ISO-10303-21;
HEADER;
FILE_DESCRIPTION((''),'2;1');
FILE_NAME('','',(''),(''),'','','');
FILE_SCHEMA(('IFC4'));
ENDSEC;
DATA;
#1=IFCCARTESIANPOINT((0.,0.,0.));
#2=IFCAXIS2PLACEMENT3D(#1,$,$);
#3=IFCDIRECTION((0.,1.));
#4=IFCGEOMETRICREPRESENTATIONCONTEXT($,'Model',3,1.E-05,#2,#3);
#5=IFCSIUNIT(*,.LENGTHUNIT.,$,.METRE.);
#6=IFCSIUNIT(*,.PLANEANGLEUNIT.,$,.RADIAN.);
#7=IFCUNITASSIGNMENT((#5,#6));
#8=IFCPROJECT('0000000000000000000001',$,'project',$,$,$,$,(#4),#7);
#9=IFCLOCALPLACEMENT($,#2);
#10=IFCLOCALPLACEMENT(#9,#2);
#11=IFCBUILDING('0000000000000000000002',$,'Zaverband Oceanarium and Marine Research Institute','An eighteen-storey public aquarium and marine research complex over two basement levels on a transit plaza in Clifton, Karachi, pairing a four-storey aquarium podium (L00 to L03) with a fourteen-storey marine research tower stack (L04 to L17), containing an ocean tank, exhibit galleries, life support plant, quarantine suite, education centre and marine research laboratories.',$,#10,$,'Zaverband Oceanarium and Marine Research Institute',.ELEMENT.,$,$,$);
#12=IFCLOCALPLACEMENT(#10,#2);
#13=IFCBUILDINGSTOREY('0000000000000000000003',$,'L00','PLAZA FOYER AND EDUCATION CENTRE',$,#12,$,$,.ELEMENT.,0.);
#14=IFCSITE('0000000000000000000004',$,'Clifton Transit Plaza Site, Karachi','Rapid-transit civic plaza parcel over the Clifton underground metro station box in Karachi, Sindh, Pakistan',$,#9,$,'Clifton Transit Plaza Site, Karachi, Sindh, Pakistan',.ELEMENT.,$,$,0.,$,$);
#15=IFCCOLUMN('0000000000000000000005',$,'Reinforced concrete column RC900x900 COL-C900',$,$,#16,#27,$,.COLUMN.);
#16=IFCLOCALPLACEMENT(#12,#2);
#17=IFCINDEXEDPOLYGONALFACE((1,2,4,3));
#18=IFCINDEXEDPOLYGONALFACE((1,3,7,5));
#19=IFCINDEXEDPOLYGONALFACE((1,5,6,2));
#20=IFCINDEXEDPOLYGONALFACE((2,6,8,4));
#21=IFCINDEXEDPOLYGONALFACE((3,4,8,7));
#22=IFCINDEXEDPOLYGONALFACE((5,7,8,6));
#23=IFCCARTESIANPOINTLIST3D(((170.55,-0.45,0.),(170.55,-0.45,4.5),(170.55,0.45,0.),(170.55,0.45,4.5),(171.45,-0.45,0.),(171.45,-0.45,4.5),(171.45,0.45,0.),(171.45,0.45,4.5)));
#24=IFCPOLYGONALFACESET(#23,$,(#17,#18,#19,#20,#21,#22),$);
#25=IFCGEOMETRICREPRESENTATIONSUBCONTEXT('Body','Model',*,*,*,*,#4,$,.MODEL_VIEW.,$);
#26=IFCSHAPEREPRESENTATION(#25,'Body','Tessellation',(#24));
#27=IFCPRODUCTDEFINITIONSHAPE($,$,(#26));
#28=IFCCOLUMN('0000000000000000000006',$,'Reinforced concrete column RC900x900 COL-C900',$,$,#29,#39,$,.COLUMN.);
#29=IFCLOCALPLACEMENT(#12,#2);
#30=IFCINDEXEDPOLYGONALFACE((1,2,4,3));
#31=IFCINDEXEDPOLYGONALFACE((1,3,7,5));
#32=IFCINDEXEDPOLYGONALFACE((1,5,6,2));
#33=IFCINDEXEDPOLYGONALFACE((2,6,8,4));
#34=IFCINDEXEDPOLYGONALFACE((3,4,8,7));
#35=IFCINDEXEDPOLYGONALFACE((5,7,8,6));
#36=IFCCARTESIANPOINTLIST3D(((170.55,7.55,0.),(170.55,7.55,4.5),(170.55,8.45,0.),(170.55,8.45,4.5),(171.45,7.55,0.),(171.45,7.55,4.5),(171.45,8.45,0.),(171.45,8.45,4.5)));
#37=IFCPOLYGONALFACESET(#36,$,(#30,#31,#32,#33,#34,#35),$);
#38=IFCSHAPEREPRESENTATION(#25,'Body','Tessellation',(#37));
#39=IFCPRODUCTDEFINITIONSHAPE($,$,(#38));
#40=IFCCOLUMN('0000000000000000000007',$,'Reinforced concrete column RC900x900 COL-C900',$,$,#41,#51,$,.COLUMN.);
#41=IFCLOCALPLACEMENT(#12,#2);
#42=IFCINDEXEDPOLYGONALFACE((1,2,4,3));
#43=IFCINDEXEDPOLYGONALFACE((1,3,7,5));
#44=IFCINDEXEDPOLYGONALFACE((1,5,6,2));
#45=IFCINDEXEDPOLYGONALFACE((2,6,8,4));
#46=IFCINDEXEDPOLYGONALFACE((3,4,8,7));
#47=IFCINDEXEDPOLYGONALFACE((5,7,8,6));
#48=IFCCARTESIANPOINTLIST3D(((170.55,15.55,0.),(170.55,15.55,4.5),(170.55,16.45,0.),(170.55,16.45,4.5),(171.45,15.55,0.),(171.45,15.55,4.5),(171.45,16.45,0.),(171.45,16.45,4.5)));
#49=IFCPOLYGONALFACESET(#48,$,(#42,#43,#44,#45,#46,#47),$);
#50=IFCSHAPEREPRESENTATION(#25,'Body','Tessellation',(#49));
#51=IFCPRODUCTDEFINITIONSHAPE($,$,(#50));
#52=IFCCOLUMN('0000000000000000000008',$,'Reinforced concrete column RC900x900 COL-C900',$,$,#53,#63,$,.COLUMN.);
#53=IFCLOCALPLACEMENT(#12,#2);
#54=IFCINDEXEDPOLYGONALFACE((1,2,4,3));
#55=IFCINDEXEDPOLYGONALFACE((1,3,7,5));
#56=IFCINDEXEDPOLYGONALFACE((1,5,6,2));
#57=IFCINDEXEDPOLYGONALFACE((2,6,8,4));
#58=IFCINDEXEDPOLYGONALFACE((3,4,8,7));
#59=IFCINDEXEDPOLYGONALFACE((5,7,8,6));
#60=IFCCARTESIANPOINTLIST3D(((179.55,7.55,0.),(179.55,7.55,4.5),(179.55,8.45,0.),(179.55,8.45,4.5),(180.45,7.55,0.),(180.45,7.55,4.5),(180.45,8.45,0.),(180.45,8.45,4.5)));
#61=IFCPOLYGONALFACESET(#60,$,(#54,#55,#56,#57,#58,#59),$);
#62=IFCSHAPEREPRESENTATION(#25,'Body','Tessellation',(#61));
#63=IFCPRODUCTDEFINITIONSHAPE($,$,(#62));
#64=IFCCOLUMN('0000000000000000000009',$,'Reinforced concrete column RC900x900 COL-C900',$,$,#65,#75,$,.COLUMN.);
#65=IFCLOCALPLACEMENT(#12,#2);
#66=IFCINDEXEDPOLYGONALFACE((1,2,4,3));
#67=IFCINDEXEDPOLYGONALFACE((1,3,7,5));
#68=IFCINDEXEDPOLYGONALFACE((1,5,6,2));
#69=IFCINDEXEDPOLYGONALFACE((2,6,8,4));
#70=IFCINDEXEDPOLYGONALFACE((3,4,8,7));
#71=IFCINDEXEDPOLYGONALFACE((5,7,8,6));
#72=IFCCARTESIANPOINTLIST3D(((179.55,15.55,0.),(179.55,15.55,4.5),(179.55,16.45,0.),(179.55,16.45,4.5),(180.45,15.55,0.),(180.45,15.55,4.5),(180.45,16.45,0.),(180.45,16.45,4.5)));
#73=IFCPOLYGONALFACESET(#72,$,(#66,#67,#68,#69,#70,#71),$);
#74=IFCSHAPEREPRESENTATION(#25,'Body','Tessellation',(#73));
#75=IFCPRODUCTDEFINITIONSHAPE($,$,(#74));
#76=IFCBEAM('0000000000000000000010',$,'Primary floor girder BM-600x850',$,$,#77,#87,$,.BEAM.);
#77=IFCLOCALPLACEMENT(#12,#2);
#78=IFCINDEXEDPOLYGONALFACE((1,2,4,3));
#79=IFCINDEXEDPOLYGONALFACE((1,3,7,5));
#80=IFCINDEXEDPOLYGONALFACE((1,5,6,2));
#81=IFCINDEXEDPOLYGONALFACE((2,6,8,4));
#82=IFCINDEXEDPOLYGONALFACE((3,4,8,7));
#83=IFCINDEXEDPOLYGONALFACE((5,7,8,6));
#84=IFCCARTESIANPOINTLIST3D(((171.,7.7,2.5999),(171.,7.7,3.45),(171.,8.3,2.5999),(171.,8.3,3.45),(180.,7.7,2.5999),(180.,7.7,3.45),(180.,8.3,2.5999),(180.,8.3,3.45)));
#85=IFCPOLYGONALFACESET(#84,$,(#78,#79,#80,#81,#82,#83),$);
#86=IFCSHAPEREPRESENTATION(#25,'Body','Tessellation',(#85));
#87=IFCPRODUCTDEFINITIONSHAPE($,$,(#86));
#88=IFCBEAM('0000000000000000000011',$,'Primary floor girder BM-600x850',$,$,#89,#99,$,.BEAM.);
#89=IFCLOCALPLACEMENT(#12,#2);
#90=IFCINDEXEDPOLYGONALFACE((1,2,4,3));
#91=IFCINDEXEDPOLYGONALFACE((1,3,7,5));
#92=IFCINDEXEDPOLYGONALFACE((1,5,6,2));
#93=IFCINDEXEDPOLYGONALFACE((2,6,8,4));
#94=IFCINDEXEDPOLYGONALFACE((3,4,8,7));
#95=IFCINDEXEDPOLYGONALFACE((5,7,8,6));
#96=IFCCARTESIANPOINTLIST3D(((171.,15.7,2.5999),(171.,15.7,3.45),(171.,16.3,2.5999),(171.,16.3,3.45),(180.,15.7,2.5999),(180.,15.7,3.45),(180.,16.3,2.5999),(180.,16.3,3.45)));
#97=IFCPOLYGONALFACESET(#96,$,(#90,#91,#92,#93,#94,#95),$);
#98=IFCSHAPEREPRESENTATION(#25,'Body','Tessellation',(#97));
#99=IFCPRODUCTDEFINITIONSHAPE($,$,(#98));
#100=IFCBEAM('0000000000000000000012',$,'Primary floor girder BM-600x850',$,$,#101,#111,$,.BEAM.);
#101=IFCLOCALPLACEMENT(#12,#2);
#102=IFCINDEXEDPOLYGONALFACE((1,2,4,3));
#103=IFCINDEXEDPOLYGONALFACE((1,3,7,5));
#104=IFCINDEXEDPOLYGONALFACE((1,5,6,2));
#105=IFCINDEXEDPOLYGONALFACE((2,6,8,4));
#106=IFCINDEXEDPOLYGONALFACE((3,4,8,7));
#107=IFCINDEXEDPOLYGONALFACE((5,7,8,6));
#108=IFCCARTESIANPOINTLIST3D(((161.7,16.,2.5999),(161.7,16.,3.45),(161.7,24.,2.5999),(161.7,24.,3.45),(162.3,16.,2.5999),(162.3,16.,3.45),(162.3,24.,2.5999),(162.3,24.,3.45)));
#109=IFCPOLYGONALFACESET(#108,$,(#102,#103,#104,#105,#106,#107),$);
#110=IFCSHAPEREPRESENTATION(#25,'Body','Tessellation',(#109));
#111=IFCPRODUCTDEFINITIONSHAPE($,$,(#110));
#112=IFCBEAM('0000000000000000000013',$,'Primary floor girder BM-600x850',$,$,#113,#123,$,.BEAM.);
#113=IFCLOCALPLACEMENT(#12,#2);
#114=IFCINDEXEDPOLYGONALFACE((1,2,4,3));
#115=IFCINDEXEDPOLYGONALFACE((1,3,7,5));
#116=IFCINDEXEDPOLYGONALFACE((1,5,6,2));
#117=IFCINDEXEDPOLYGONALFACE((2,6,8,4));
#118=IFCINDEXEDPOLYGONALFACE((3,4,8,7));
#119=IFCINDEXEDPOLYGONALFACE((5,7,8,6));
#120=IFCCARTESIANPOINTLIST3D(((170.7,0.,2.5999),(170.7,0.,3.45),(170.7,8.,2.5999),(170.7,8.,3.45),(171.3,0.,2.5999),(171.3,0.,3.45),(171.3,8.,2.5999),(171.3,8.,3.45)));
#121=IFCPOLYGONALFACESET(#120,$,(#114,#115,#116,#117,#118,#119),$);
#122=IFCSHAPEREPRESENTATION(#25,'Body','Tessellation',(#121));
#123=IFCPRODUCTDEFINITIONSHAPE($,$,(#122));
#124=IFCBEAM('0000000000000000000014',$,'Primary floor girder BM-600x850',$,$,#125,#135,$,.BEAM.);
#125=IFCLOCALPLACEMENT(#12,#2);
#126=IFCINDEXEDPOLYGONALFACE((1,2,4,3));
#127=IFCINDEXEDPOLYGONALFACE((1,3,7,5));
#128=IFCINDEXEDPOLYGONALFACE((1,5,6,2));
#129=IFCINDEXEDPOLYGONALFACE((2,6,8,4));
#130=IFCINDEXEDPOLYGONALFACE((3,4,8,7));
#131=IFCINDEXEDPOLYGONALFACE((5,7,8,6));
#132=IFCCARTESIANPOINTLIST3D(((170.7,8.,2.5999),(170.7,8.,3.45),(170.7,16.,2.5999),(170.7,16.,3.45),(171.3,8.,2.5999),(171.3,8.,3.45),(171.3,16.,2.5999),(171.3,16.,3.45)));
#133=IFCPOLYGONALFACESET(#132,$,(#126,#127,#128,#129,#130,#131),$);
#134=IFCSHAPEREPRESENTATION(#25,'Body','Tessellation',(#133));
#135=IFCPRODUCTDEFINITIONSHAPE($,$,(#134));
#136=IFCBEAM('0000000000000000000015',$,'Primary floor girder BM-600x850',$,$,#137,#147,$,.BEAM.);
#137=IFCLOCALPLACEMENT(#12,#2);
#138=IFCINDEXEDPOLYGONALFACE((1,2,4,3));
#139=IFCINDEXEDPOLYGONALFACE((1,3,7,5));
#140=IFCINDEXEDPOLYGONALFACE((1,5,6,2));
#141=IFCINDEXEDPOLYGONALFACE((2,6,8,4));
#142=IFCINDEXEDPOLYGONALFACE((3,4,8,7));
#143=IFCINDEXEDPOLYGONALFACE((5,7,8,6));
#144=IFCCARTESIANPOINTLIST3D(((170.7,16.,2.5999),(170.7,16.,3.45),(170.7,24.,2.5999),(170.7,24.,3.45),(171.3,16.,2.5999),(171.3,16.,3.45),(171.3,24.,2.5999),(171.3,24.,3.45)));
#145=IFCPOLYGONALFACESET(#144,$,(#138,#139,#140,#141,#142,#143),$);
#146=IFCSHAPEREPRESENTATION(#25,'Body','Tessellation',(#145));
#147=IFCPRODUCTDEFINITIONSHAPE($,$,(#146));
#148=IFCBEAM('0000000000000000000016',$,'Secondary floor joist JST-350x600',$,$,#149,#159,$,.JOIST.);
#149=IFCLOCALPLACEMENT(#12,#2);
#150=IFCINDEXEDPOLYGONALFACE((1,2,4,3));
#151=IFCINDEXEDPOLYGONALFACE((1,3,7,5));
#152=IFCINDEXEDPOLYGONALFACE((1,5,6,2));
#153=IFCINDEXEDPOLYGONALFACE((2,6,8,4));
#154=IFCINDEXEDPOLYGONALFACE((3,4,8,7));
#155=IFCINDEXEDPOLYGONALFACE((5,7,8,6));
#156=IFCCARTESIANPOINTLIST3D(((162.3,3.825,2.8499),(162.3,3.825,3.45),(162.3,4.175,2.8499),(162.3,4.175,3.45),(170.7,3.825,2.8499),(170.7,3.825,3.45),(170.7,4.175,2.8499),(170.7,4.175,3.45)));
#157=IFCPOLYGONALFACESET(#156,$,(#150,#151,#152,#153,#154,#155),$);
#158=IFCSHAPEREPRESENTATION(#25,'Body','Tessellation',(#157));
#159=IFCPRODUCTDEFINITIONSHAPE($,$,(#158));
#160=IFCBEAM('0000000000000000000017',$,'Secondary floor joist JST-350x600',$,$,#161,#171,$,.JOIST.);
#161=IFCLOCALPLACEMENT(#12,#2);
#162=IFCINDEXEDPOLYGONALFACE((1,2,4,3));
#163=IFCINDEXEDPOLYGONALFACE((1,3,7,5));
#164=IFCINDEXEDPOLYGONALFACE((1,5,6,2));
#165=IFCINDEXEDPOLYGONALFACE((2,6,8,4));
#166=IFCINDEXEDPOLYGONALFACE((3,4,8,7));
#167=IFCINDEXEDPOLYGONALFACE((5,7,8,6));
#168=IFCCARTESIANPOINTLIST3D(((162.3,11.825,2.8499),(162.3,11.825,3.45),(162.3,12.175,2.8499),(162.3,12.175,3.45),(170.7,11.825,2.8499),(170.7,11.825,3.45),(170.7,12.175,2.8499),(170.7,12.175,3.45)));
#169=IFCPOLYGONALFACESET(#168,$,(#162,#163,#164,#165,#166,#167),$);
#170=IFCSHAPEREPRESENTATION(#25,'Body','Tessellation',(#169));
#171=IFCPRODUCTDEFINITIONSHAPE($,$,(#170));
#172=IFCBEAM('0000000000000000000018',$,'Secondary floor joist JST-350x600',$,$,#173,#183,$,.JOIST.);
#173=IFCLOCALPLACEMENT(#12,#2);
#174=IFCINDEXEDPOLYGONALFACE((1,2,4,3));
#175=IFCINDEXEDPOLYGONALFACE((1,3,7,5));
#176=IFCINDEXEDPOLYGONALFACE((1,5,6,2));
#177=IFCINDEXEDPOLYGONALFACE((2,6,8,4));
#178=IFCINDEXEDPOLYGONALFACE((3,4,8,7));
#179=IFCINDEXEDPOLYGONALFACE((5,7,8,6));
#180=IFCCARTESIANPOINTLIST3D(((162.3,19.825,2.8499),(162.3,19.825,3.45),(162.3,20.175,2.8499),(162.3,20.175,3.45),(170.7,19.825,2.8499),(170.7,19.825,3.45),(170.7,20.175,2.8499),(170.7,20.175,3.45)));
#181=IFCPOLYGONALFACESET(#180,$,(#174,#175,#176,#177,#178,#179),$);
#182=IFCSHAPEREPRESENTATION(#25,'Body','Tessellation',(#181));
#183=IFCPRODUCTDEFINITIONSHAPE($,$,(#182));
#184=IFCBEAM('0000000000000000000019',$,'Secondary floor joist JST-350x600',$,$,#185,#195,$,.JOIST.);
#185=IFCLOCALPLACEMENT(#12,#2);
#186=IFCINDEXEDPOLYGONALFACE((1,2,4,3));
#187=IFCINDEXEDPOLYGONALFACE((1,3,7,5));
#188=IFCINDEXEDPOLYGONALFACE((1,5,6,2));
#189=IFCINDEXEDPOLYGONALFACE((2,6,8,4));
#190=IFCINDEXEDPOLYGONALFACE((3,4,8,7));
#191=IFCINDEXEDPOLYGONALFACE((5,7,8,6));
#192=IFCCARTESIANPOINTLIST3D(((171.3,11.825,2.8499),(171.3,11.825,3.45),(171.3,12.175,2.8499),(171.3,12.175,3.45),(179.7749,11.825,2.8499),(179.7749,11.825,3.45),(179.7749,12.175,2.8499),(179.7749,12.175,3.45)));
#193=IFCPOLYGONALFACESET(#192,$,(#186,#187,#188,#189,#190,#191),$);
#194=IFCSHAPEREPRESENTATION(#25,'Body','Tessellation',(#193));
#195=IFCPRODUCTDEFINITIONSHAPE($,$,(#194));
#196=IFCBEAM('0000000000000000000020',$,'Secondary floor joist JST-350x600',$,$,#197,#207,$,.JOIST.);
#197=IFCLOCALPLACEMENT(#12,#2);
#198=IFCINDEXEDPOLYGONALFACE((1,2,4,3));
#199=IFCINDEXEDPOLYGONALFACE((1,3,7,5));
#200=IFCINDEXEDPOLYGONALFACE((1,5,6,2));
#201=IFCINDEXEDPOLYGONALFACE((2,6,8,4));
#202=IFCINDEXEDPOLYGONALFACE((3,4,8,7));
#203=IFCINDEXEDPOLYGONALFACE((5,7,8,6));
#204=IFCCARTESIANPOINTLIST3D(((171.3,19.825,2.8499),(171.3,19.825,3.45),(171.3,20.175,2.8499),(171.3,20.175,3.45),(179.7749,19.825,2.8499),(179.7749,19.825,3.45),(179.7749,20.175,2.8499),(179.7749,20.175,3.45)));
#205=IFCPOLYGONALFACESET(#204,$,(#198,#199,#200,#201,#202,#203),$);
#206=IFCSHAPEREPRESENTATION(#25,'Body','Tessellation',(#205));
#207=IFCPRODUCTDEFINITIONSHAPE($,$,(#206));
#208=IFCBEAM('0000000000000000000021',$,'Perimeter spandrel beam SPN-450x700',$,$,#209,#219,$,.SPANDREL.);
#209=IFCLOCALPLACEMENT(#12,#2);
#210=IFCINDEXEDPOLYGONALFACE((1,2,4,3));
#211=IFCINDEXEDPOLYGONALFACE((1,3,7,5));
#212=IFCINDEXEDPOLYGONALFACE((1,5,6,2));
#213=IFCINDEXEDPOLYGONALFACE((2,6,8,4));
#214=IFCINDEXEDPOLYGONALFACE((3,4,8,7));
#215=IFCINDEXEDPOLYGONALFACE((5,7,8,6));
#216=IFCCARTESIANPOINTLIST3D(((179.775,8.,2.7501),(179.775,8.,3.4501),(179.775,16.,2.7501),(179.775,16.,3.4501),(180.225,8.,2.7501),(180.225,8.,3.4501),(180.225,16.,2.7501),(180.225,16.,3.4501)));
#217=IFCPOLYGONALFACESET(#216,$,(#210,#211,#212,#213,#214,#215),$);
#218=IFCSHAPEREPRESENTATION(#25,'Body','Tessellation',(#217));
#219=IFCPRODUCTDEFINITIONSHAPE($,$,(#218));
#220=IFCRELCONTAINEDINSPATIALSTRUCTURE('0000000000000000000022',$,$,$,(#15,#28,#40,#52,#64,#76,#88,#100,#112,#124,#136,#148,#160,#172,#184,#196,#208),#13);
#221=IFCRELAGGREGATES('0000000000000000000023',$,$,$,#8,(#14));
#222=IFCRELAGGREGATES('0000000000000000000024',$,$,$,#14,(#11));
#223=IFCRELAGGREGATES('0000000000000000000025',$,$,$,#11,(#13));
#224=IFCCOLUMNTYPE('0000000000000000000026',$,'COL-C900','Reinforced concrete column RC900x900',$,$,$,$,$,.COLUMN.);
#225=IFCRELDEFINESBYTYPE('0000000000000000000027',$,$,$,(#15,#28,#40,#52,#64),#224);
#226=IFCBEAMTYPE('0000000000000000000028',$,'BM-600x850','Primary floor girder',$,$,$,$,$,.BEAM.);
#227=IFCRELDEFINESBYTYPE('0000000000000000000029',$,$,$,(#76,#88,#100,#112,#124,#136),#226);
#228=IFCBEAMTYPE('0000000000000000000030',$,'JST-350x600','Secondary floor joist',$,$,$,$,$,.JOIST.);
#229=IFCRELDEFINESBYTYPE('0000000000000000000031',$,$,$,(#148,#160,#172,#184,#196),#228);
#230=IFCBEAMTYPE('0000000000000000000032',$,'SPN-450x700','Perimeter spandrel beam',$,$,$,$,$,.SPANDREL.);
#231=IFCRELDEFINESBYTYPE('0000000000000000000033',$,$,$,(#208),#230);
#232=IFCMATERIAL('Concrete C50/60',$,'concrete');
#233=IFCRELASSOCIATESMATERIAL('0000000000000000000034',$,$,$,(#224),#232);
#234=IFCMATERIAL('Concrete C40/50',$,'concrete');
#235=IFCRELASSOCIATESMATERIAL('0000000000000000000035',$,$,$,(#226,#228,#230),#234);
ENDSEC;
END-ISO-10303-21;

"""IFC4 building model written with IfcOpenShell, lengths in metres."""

from ifc_helpers import new_model, si_unit, direction, frame, origin, origin_2d, place, context, subcontext, project, spatial, rectangle, extrude, material, material_profile, profile_set, type_object, element, save


model = new_model("IFC4")

# Units and contexts
model_context = context("Model", 3, precision=1e-05, world=origin(), true_north=direction((0.0, 1.0)))
body_context = subcontext(model_context, "Body", "Model", "MODEL_VIEW")
ifc_project = project(units=[si_unit("LENGTHUNIT", "METRE"), si_unit("PLANEANGLEUNIT", "RADIAN")], contexts=[model_context])

# Site, building, storey
site_placement = place(None, origin())
site = spatial("IfcSite", under=ifc_project, at=site_placement, Name="Clifton Transit Plaza Site, Karachi", Description="Rapid-transit civic plaza parcel over the Clifton underground metro station box in Karachi, Sindh, Pakistan", LongName="Clifton Transit Plaza Site, Karachi, Sindh, Pakistan", CompositionType="ELEMENT", RefElevation=0.0)
building_placement = place(site_placement, origin())
building = spatial("IfcBuilding", under=site, at=building_placement, Name="Zaverband Oceanarium and Marine Research Institute", Description="An eighteen-storey public aquarium and marine research complex over two basement levels on a transit plaza in Clifton, Karachi, pairing a four-storey aquarium podium (L00 to L03) with a fourteen-storey marine research tower stack (L04 to L17), containing an ocean tank, exhibit galleries, life support plant, quarantine suite, education centre and marine research laboratories.", LongName="Zaverband Oceanarium and Marine Research Institute", CompositionType="ELEMENT")
storey_placement = place(building_placement, origin())
storey = spatial("IfcBuildingStorey", under=building, at=storey_placement, Name="L00", Description="PLAZA FOYER AND EDUCATION CENTRE", CompositionType="ELEMENT", Elevation=0.0)

# Columns
ifc_material_1 = material(Name="Concrete C50/60", Category="concrete")
ifc_material_profile_1 = material_profile(ifc_material_1, rectangle(XDim=0.8999, YDim=0.8999, at=origin_2d()), Name="RC900x900")
ifc_profile_set_1 = profile_set([ifc_material_profile_1], Name="Concrete C50/60")
column_type = type_object("IfcColumnType", Name="COL-C900", Description="Reinforced concrete column RC900x900", PredefinedType="COLUMN", material=ifc_profile_set_1)
for number, where, z_axis, x_axis, name in (
    (1, (171.0, 0.0, 0.0), (0.0, 0.0, 1.0), (1.0, 0.0, 0.0), "Reinforced concrete column RC900x900 COL-C900"),
    (2, (171.0, 8.0, 0.0), (0.0, 0.0, 1.0), (1.0, 0.0, 0.0), "Reinforced concrete column RC900x900 COL-C900"),
    (3, (171.0, 16.0, 0.0), (0.0, 0.0, 1.0), (1.0, 0.0, 0.0), "Reinforced concrete column RC900x900 COL-C900"),
    (4, (180.0, 8.0, 0.0), (0.0, 0.0, 1.0), (1.0, 0.0, 0.0), "Reinforced concrete column RC900x900 COL-C900"),
    (5, (180.0, 16.0, 0.0), (0.0, 0.0, 1.0), (1.0, 0.0, 0.0), "Reinforced concrete column RC900x900 COL-C900"),
):
    element("IfcColumn", number, at=place(storey_placement, frame(where, z_axis=z_axis, x_axis=x_axis)), inside=storey, type_object=column_type, Name=name, PredefinedType="COLUMN", context=body_context, shape_type="SweptSolid", body=[
        extrude(rectangle(XDim=0.8999, YDim=0.8999, at=origin_2d()), origin(), (0.0, 0.0, 1.0), 4.5),
    ])

# Beams
ifc_material_2 = material(Name="Concrete C40/50", Category="concrete")
ifc_material_profile_2 = material_profile(ifc_material_2, rectangle(XDim=0.6001, YDim=0.8501, at=origin_2d()), Name="RC600x850")
ifc_profile_set_2 = profile_set([ifc_material_profile_2], Name="Concrete C40/50")
beam_type_1 = type_object("IfcBeamType", Name="BM-600x850", Description="Primary floor girder", PredefinedType="BEAM", material=ifc_profile_set_2)
for number, where, z_axis, x_axis, name in (
    (6, (171.0, 8.0, 3.0249), (1.0, 0.0, 0.0), (0.0, 1.0, 0.0), "Primary floor girder BM-600x850"),
    (7, (171.0, 16.0, 3.0249), (1.0, 0.0, 0.0), (0.0, 1.0, 0.0), "Primary floor girder BM-600x850"),
):
    element("IfcBeam", number, at=place(storey_placement, frame(where, z_axis=z_axis, x_axis=x_axis)), inside=storey, type_object=beam_type_1, Name=name, PredefinedType="BEAM", context=body_context, shape_type="SweptSolid", body=[
        extrude(rectangle(XDim=0.6001, YDim=0.8501, at=origin_2d()), origin(), (0.0, 0.0, 1.0), 9.0),
    ])
for number, where, z_axis, x_axis, name in (
    (8, (162.0, 16.0, 3.0249), (0.0, 1.0, 0.0), (-1.0, 0.0, 0.0), "Primary floor girder BM-600x850"),
    (9, (171.0, 0.0, 3.0249), (0.0, 1.0, 0.0), (-1.0, 0.0, 0.0), "Primary floor girder BM-600x850"),
    (10, (171.0, 8.0, 3.0249), (0.0, 1.0, 0.0), (-1.0, 0.0, 0.0), "Primary floor girder BM-600x850"),
    (11, (171.0, 16.0, 3.0249), (0.0, 1.0, 0.0), (-1.0, 0.0, 0.0), "Primary floor girder BM-600x850"),
):
    element("IfcBeam", number, at=place(storey_placement, frame(where, z_axis=z_axis, x_axis=x_axis)), inside=storey, type_object=beam_type_1, Name=name, PredefinedType="BEAM", context=body_context, shape_type="SweptSolid", body=[
        extrude(rectangle(XDim=0.6001, YDim=0.8501, at=origin_2d()), origin(), (0.0, 0.0, 1.0), 8.0),
    ])
ifc_material_profile_3 = material_profile(ifc_material_2, rectangle(XDim=0.3501, YDim=0.6001, at=origin_2d()), Name="RC350x600")
ifc_profile_set_3 = profile_set([ifc_material_profile_3], Name="Concrete C40/50")
beam_type_2 = type_object("IfcBeamType", Name="JST-350x600", Description="Secondary floor joist", PredefinedType="JOIST", material=ifc_profile_set_3)
for number, where, z_axis, x_axis, name in (
    (12, (162.3, 4.0, 3.1499), (1.0, 0.0, 0.0), (0.0, 1.0, 0.0), "Secondary floor joist JST-350x600"),
    (13, (162.3, 12.0, 3.1499), (1.0, 0.0, 0.0), (0.0, 1.0, 0.0), "Secondary floor joist JST-350x600"),
    (14, (162.3, 20.0, 3.1499), (1.0, 0.0, 0.0), (0.0, 1.0, 0.0), "Secondary floor joist JST-350x600"),
):
    element("IfcBeam", number, at=place(storey_placement, frame(where, z_axis=z_axis, x_axis=x_axis)), inside=storey, type_object=beam_type_2, Name=name, PredefinedType="JOIST", context=body_context, shape_type="SweptSolid", body=[
        extrude(rectangle(XDim=0.3501, YDim=0.6001, at=origin_2d()), origin(), (0.0, 0.0, 1.0), 8.3999),
    ])
for number, where, z_axis, x_axis, name in (
    (15, (171.3, 12.0, 3.1499), (1.0, 0.0, 0.0), (0.0, 1.0, 0.0), "Secondary floor joist JST-350x600"),
    (16, (171.3, 20.0, 3.1499), (1.0, 0.0, 0.0), (0.0, 1.0, 0.0), "Secondary floor joist JST-350x600"),
):
    element("IfcBeam", number, at=place(storey_placement, frame(where, z_axis=z_axis, x_axis=x_axis)), inside=storey, type_object=beam_type_2, Name=name, PredefinedType="JOIST", context=body_context, shape_type="SweptSolid", body=[
        extrude(rectangle(XDim=0.3501, YDim=0.6001, at=origin_2d()), origin(), (0.0, 0.0, 1.0), 8.4749),
    ])
ifc_material_profile_4 = material_profile(ifc_material_2, rectangle(XDim=0.45, YDim=0.7, at=origin_2d()), Name="RC450x700")
ifc_profile_set_4 = profile_set([ifc_material_profile_4], Name="Concrete C40/50")
beam_type_3 = type_object("IfcBeamType", Name="SPN-450x700", Description="Perimeter spandrel beam", PredefinedType="SPANDREL", material=ifc_profile_set_4)
for number, where, z_axis, x_axis, name in (
    (17, (180.0, 8.0, 3.1001), (0.0, 1.0, 0.0), (-1.0, 0.0, 0.0), "Perimeter spandrel beam SPN-450x700"),
):
    element("IfcBeam", number, at=place(storey_placement, frame(where, z_axis=z_axis, x_axis=x_axis)), inside=storey, type_object=beam_type_3, Name=name, PredefinedType="SPANDREL", context=body_context, shape_type="SweptSolid", body=[
        extrude(rectangle(XDim=0.45, YDim=0.7, at=origin_2d()), origin(), (0.0, 0.0, 1.0), 8.0),
    ])

save(model, "model.ifc")
